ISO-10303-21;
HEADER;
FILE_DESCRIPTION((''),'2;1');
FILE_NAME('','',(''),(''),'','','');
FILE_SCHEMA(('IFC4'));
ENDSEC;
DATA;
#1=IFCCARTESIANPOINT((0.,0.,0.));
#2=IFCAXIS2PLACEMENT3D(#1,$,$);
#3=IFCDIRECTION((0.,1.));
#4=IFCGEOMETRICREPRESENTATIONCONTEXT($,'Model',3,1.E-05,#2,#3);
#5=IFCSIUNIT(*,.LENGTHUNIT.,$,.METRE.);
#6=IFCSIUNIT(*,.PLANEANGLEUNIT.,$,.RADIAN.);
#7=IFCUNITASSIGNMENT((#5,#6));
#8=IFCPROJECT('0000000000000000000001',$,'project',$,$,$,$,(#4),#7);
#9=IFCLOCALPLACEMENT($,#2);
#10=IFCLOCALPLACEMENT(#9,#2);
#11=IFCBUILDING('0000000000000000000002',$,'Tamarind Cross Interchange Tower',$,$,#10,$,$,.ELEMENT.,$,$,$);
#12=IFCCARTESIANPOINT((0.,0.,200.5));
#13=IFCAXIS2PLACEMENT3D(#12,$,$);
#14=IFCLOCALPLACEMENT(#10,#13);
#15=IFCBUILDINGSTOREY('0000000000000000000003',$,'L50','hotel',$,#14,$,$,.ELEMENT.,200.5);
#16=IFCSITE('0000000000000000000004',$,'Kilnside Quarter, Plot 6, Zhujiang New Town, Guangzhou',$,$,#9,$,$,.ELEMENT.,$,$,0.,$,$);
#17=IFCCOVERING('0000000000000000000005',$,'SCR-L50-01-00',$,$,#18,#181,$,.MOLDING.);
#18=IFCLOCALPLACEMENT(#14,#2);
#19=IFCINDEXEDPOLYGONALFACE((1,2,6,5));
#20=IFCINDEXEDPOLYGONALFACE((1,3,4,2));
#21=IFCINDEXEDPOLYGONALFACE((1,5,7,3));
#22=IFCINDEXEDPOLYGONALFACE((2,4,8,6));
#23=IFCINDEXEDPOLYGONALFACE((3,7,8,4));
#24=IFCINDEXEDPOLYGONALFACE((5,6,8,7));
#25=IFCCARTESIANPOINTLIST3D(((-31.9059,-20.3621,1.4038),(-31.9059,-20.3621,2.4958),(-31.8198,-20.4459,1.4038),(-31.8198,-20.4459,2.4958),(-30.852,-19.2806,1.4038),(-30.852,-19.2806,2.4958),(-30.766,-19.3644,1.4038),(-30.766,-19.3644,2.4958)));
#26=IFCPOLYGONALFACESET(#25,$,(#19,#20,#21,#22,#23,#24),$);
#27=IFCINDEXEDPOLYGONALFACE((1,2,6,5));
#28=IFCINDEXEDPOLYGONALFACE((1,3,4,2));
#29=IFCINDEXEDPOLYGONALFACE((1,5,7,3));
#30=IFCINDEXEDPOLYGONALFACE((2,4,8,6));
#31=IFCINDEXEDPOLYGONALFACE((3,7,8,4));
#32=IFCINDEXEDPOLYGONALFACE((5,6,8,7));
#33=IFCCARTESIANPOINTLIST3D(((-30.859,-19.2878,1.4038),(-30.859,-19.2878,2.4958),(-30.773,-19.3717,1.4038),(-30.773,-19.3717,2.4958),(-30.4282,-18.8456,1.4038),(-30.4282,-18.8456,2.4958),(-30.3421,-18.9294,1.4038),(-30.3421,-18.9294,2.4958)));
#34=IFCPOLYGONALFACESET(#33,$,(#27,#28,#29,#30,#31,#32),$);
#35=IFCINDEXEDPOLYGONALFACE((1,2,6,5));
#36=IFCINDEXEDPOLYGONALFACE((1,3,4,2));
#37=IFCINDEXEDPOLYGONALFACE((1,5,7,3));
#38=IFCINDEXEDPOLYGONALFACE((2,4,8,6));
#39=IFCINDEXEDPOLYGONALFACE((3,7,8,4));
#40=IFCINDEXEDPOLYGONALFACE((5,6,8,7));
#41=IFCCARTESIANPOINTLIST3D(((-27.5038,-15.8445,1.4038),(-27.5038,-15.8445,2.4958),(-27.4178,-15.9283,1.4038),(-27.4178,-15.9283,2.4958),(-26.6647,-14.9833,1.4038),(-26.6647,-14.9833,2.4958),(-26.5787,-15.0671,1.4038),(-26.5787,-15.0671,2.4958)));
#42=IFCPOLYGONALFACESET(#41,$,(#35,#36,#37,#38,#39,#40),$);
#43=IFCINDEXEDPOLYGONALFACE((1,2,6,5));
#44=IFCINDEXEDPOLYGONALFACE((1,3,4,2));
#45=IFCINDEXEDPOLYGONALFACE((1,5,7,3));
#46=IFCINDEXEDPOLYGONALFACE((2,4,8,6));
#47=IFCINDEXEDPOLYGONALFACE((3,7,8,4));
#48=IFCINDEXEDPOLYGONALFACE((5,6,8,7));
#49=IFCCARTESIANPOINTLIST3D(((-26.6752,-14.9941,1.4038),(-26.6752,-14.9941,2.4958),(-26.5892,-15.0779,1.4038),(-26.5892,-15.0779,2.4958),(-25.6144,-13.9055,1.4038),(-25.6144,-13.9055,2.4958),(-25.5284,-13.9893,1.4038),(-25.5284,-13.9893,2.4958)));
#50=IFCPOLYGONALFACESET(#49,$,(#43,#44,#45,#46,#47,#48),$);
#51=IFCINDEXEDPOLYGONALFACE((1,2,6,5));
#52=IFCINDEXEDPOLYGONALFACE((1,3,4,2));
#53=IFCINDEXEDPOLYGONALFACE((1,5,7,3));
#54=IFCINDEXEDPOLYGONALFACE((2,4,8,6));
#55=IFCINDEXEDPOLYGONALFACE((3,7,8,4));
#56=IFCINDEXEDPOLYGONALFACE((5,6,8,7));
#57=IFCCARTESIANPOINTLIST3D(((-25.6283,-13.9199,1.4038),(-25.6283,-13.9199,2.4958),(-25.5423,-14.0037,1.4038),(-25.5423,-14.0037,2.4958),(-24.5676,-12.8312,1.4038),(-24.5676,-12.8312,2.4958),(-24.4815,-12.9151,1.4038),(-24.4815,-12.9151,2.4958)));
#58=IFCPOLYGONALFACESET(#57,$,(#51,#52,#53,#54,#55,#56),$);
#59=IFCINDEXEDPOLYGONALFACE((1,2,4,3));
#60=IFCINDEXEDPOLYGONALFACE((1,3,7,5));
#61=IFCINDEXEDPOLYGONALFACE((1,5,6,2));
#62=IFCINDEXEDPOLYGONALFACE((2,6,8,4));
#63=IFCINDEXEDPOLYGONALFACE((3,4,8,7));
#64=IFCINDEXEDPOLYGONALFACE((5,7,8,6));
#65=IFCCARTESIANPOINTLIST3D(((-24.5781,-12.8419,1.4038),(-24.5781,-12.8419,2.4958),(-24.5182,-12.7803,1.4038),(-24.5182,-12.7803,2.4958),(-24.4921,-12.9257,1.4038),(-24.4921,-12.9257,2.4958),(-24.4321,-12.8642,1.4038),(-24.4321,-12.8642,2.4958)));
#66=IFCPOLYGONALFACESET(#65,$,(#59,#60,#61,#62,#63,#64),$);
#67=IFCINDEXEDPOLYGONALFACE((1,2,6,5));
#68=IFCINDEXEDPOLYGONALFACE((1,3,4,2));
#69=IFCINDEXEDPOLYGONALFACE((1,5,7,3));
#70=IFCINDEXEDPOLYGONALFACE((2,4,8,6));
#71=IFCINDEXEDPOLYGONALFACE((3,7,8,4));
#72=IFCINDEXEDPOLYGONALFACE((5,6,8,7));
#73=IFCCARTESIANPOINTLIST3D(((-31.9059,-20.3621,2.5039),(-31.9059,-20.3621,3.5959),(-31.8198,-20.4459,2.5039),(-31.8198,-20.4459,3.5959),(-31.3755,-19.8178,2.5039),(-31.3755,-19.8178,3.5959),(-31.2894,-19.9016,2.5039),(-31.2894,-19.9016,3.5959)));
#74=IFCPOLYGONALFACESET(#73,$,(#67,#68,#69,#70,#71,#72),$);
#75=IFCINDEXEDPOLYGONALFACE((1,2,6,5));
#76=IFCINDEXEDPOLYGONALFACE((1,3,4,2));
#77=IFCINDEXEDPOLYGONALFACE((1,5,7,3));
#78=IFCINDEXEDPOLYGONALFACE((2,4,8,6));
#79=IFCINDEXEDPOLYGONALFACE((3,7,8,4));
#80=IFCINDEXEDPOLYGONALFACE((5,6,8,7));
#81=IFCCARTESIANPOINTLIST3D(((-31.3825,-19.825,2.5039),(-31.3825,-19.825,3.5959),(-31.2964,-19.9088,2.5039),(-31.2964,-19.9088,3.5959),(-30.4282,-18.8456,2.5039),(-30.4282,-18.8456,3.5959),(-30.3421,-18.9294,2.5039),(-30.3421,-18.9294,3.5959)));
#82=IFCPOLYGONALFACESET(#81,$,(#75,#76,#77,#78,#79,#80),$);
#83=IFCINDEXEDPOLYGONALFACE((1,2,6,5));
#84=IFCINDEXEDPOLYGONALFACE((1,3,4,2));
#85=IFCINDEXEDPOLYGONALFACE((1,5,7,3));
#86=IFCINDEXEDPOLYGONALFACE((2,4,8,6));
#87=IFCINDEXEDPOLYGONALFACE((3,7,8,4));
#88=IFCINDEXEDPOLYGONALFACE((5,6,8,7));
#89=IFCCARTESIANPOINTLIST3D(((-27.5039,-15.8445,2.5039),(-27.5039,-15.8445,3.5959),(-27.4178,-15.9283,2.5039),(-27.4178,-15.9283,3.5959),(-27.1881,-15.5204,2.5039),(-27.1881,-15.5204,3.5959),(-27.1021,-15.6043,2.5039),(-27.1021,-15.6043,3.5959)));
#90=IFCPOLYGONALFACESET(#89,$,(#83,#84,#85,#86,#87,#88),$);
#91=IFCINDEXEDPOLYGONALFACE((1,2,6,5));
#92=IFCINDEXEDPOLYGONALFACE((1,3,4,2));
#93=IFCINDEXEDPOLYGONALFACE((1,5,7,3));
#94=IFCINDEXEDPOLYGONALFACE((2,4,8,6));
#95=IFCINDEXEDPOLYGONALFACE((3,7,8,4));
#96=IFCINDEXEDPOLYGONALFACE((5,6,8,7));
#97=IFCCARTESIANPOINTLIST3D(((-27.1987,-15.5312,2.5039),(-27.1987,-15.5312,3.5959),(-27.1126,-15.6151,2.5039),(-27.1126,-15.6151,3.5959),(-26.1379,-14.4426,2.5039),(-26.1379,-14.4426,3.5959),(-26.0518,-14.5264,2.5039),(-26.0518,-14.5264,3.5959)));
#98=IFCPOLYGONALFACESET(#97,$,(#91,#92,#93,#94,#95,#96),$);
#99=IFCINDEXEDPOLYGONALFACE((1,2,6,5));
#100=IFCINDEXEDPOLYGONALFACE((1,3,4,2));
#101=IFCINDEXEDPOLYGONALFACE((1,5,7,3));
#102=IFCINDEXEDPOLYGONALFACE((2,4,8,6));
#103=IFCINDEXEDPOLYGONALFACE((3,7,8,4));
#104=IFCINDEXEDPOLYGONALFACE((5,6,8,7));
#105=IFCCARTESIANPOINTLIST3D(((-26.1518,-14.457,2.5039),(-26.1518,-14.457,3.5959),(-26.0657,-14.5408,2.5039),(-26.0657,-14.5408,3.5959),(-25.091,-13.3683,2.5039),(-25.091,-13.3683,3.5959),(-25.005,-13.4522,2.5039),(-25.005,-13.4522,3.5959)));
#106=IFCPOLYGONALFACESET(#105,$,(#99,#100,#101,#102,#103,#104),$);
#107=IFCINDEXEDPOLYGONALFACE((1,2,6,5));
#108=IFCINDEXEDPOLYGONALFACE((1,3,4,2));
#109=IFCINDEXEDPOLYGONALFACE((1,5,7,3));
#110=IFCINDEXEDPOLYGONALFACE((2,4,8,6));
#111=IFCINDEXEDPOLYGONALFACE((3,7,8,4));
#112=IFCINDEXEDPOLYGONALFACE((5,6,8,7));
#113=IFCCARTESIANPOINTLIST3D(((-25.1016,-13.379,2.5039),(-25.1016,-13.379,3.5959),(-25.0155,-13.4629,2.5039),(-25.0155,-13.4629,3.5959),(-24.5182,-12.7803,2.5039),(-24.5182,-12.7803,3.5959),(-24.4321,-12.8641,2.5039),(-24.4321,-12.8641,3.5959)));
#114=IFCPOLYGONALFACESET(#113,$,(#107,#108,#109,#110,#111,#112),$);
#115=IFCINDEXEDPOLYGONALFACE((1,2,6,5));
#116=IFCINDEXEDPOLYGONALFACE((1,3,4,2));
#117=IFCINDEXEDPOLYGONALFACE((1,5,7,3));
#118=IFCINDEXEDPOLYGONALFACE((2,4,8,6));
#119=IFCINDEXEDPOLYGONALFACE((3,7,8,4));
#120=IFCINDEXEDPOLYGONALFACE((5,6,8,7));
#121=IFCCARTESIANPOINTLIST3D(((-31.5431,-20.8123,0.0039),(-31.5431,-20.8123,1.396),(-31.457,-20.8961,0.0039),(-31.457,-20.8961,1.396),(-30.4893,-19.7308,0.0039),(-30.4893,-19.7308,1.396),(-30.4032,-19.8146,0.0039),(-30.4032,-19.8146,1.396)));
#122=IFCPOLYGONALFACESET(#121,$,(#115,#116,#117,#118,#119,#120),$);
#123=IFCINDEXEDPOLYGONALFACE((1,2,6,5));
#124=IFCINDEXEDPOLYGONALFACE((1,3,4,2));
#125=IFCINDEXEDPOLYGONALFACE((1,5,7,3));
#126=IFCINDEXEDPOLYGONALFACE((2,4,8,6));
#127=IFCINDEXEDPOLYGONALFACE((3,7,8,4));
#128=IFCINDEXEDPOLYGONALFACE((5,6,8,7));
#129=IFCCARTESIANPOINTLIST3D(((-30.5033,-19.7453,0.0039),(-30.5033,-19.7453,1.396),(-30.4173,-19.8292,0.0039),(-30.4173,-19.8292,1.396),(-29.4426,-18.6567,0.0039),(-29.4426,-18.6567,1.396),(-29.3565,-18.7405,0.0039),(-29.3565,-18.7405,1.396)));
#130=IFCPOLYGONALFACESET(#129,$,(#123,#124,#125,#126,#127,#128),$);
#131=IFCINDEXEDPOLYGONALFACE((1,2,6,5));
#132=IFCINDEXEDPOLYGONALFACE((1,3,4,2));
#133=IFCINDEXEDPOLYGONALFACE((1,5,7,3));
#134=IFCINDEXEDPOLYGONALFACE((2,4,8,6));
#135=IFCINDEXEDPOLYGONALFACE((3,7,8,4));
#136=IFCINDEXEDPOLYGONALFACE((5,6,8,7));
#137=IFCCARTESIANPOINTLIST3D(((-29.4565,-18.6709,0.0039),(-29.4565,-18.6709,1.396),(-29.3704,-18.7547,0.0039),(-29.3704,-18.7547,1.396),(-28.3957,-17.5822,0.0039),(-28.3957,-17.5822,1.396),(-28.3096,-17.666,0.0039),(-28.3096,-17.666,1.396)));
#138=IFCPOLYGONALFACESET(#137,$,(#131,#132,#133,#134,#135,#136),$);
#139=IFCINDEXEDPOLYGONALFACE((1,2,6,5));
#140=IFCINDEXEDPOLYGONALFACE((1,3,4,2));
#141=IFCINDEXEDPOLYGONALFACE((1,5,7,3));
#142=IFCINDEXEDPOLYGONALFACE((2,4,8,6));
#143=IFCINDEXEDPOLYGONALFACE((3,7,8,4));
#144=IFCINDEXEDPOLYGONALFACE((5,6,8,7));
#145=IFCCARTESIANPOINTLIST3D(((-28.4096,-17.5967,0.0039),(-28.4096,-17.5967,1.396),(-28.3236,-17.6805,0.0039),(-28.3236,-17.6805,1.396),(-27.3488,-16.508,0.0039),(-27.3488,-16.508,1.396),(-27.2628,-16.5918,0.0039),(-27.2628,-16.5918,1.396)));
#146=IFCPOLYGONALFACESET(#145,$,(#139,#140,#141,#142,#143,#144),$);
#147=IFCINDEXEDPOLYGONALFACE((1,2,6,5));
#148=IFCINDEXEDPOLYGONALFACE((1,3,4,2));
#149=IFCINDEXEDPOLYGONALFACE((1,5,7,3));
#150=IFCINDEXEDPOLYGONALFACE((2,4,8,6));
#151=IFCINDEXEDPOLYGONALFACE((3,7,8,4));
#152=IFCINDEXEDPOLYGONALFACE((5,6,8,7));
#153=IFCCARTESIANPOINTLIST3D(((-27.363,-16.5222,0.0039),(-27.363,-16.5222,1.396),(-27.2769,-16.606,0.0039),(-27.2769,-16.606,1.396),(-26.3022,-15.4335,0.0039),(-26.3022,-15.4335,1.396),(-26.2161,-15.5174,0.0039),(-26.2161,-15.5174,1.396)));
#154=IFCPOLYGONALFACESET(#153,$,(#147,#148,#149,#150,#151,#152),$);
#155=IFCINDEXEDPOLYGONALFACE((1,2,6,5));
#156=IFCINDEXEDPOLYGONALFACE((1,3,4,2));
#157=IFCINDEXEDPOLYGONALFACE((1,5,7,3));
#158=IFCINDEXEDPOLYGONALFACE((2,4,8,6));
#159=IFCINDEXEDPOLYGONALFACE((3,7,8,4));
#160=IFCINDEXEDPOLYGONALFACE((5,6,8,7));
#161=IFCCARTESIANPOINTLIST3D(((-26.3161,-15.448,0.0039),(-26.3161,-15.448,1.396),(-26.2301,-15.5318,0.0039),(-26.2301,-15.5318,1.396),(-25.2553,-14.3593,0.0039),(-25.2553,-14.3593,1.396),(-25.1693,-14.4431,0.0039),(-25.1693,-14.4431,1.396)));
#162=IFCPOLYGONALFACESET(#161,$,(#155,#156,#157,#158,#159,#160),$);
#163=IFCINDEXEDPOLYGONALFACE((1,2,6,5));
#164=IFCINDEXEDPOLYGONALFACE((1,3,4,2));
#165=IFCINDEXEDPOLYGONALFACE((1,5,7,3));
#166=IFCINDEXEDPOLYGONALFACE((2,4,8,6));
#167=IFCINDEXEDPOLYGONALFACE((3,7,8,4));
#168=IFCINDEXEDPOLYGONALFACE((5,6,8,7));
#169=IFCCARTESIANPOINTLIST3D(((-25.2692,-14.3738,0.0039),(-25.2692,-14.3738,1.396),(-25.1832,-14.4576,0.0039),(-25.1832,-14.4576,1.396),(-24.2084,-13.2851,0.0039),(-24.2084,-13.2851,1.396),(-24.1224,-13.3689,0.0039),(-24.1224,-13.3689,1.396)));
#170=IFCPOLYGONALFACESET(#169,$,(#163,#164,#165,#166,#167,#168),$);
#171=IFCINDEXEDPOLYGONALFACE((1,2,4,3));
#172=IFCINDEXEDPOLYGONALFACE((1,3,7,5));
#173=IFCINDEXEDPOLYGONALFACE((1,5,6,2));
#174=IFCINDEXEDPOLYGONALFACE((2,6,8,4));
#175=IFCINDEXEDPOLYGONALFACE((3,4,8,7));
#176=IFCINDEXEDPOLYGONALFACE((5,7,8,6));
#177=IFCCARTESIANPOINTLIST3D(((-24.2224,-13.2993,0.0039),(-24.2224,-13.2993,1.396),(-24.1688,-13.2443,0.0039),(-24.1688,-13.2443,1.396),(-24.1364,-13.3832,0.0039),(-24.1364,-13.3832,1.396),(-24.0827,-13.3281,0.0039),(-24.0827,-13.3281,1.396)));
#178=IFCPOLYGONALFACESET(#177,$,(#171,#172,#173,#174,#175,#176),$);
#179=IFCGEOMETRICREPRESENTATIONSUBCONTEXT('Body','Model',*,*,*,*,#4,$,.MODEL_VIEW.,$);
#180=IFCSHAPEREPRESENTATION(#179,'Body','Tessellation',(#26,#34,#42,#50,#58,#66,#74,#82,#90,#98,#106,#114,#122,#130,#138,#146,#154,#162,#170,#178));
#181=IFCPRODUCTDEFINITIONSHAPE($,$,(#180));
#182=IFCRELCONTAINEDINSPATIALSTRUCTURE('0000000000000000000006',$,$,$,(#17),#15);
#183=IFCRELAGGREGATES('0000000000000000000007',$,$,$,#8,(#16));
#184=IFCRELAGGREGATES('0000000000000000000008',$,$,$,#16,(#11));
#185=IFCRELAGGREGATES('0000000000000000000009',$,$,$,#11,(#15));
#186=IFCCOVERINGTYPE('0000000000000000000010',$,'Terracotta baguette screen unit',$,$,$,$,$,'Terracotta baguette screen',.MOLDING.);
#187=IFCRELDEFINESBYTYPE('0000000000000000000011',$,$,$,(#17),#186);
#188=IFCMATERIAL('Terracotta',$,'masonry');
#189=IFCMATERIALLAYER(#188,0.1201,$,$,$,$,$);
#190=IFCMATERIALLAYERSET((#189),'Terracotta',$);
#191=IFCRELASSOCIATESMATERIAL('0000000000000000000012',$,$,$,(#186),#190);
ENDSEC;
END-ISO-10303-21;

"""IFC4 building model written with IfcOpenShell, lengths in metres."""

from ifc_helpers import new_model, si_unit, direction, frame, origin, origin_2d, place, context, subcontext, project, spatial, rectangle, extrude, material, layer, layer_set, type_object, element, save


model = new_model("IFC4")

# Units and contexts
model_context = context("Model", 3, precision=1e-05, world=origin(), true_north=direction((0.0, 1.0)))
body_context = subcontext(model_context, "Body", "Model", "MODEL_VIEW")
ifc_project = project(units=[si_unit("LENGTHUNIT", "METRE"), si_unit("PLANEANGLEUNIT", "RADIAN")], contexts=[model_context])

# Site, building, storey
site_placement = place(None, origin())
site = spatial("IfcSite", under=ifc_project, at=site_placement, Name="Kilnside Quarter, Plot 6, Zhujiang New Town, Guangzhou", CompositionType="ELEMENT", RefElevation=0.0)
building_placement = place(site_placement, origin())
building = spatial("IfcBuilding", under=site, at=building_placement, Name="Tamarind Cross Interchange Tower", CompositionType="ELEMENT")
storey_placement = place(building_placement, frame((0.0, 0.0, 200.5)))
storey = spatial("IfcBuildingStorey", under=building, at=storey_placement, Name="L50", Description="hotel", CompositionType="ELEMENT", Elevation=200.5)

# Covering
ifc_material_1 = material(Name="Terracotta", Category="masonry")
ifc_layer_1 = layer(ifc_material_1, 0.1201)
ifc_layer_set_1 = layer_set([ifc_layer_1], Name="Terracotta")
covering_type = type_object("IfcCoveringType", Name="Terracotta baguette screen unit", ElementType="Terracotta baguette screen", PredefinedType="MOLDING", material=ifc_layer_set_1)
covering_1_placement = place(storey_placement, origin())
element("IfcCovering", 1, at=covering_1_placement, inside=storey, type_object=covering_type, Name="SCR-L50-01-00", PredefinedType="MOLDING", context=body_context, shape_type="SweptSolid", body=[
    extrude(rectangle(XDim=1.51, YDim=0.1201, at=origin_2d()), frame((-31.3359, -19.8633, 1.4038), z_axis=(0.0, 0.0, 1.0), x_axis=(0.69788, 0.716215, 0.0)), (0.0, 0.0, 1.0), 1.092),
    extrude(rectangle(XDim=0.6174, YDim=0.1201, at=origin_2d()), frame((-30.6006, -19.1086, 1.4038), z_axis=(0.0, 0.0, 1.0), x_axis=(0.69788, 0.716215, 0.0)), (0.0, 0.0, 1.0), 1.092),
    extrude(rectangle(XDim=1.2024, YDim=0.1201, at=origin_2d()), frame((-27.0413, -15.4558, 1.4038), z_axis=(0.0, 0.0, 1.0), x_axis=(0.69788, 0.716215, 0.0)), (0.0, 0.0, 1.0), 1.092),
    extrude(rectangle(XDim=1.52, YDim=0.1201, at=origin_2d()), frame((-26.1018, -14.4917, 1.4038), z_axis=(0.0, 0.0, 1.0), x_axis=(0.69788, 0.716215, 0.0)), (0.0, 0.0, 1.0), 1.092),
    extrude(rectangle(XDim=1.52, YDim=0.1201, at=origin_2d()), frame((-25.0549, -13.4175, 1.4038), z_axis=(0.0, 0.0, 1.0), x_axis=(0.69788, 0.716215, 0.0)), (0.0, 0.0, 1.0), 1.092),
    extrude(rectangle(XDim=0.0859, YDim=0.1201, at=origin_2d()), frame((-24.5051, -12.853, 1.4038), z_axis=(0.0, 0.0, 1.0), x_axis=(0.69788, 0.716215, 0.0)), (0.0, 0.0, 1.0), 1.092),
    extrude(rectangle(XDim=0.76, YDim=0.1201, at=origin_2d()), frame((-31.5977, -20.1318, 2.5039), z_axis=(0.0, 0.0, 1.0), x_axis=(0.69788, 0.716215, 0.0)), (0.0, 0.0, 1.0), 1.092),
    extrude(rectangle(XDim=1.3674, YDim=0.1201, at=origin_2d()), frame((-30.8623, -19.3772, 2.5039), z_axis=(0.0, 0.0, 1.0), x_axis=(0.69788, 0.716215, 0.0)), (0.0, 0.0, 1.0), 1.092),
    extrude(rectangle(XDim=0.4524, YDim=0.1201, at=origin_2d()), frame((-27.303, -15.7244, 2.5039), z_axis=(0.0, 0.0, 1.0), x_axis=(0.69788, 0.716215, 0.0)), (0.0, 0.0, 1.0), 1.092),
    extrude(rectangle(XDim=1.52, YDim=0.1201, at=origin_2d()), frame((-26.6252, -15.0288, 2.5039), z_axis=(0.0, 0.0, 1.0), x_axis=(0.69788, 0.716215, 0.0)), (0.0, 0.0, 1.0), 1.092),
    extrude(rectangle(XDim=1.52, YDim=0.1201, at=origin_2d()), frame((-25.5784, -13.9546, 2.5039), z_axis=(0.0, 0.0, 1.0), x_axis=(0.69788, 0.716215, 0.0)), (0.0, 0.0, 1.0), 1.092),
    extrude(rectangle(XDim=0.8359, YDim=0.1201, at=origin_2d()), frame((-24.7668, -13.1216, 2.5039), z_axis=(0.0, 0.0, 1.0), x_axis=(0.69788, 0.716215, 0.0)), (0.0, 0.0, 1.0), 1.092),
    extrude(rectangle(XDim=1.51, YDim=0.1201, at=origin_2d()), frame((-30.9731, -20.3135, 0.0039), z_axis=(0.0, 0.0, 1.0), x_axis=(0.69788, 0.716215, 0.0)), (0.0, 0.0, 1.0), 1.3921),
    extrude(rectangle(XDim=1.52, YDim=0.1201, at=origin_2d()), frame((-29.9299, -19.2429, 0.0039), z_axis=(0.0, 0.0, 1.0), x_axis=(0.69788, 0.716215, 0.0)), (0.0, 0.0, 1.0), 1.3921),
    extrude(rectangle(XDim=1.52, YDim=0.1201, at=origin_2d()), frame((-28.8831, -18.1685, 0.0039), z_axis=(0.0, 0.0, 1.0), x_axis=(0.69788, 0.716215, 0.0)), (0.0, 0.0, 1.0), 1.3921),
    extrude(rectangle(XDim=1.52, YDim=0.1201, at=origin_2d()), frame((-27.8362, -17.0942, 0.0039), z_axis=(0.0, 0.0, 1.0), x_axis=(0.69788, 0.716215, 0.0)), (0.0, 0.0, 1.0), 1.3921),
    extrude(rectangle(XDim=1.52, YDim=0.1201, at=origin_2d()), frame((-26.7896, -16.0198, 0.0039), z_axis=(0.0, 0.0, 1.0), x_axis=(0.69788, 0.716215, 0.0)), (0.0, 0.0, 1.0), 1.3921),
    extrude(rectangle(XDim=1.52, YDim=0.1201, at=origin_2d()), frame((-25.7427, -14.9456, 0.0039), z_axis=(0.0, 0.0, 1.0), x_axis=(0.69788, 0.716215, 0.0)), (0.0, 0.0, 1.0), 1.3921),
    extrude(rectangle(XDim=1.52, YDim=0.1201, at=origin_2d()), frame((-24.6958, -13.8713, 0.0039), z_axis=(0.0, 0.0, 1.0), x_axis=(0.69788, 0.716215, 0.0)), (0.0, 0.0, 1.0), 1.3921),
    extrude(rectangle(XDim=0.0769, YDim=0.1201, at=origin_2d()), frame((-24.1526, -13.3137, 0.0039), z_axis=(0.0, 0.0, 1.0), x_axis=(0.69788, 0.716215, 0.0)), (0.0, 0.0, 1.0), 1.3921),
])

save(model, "model.ifc")
